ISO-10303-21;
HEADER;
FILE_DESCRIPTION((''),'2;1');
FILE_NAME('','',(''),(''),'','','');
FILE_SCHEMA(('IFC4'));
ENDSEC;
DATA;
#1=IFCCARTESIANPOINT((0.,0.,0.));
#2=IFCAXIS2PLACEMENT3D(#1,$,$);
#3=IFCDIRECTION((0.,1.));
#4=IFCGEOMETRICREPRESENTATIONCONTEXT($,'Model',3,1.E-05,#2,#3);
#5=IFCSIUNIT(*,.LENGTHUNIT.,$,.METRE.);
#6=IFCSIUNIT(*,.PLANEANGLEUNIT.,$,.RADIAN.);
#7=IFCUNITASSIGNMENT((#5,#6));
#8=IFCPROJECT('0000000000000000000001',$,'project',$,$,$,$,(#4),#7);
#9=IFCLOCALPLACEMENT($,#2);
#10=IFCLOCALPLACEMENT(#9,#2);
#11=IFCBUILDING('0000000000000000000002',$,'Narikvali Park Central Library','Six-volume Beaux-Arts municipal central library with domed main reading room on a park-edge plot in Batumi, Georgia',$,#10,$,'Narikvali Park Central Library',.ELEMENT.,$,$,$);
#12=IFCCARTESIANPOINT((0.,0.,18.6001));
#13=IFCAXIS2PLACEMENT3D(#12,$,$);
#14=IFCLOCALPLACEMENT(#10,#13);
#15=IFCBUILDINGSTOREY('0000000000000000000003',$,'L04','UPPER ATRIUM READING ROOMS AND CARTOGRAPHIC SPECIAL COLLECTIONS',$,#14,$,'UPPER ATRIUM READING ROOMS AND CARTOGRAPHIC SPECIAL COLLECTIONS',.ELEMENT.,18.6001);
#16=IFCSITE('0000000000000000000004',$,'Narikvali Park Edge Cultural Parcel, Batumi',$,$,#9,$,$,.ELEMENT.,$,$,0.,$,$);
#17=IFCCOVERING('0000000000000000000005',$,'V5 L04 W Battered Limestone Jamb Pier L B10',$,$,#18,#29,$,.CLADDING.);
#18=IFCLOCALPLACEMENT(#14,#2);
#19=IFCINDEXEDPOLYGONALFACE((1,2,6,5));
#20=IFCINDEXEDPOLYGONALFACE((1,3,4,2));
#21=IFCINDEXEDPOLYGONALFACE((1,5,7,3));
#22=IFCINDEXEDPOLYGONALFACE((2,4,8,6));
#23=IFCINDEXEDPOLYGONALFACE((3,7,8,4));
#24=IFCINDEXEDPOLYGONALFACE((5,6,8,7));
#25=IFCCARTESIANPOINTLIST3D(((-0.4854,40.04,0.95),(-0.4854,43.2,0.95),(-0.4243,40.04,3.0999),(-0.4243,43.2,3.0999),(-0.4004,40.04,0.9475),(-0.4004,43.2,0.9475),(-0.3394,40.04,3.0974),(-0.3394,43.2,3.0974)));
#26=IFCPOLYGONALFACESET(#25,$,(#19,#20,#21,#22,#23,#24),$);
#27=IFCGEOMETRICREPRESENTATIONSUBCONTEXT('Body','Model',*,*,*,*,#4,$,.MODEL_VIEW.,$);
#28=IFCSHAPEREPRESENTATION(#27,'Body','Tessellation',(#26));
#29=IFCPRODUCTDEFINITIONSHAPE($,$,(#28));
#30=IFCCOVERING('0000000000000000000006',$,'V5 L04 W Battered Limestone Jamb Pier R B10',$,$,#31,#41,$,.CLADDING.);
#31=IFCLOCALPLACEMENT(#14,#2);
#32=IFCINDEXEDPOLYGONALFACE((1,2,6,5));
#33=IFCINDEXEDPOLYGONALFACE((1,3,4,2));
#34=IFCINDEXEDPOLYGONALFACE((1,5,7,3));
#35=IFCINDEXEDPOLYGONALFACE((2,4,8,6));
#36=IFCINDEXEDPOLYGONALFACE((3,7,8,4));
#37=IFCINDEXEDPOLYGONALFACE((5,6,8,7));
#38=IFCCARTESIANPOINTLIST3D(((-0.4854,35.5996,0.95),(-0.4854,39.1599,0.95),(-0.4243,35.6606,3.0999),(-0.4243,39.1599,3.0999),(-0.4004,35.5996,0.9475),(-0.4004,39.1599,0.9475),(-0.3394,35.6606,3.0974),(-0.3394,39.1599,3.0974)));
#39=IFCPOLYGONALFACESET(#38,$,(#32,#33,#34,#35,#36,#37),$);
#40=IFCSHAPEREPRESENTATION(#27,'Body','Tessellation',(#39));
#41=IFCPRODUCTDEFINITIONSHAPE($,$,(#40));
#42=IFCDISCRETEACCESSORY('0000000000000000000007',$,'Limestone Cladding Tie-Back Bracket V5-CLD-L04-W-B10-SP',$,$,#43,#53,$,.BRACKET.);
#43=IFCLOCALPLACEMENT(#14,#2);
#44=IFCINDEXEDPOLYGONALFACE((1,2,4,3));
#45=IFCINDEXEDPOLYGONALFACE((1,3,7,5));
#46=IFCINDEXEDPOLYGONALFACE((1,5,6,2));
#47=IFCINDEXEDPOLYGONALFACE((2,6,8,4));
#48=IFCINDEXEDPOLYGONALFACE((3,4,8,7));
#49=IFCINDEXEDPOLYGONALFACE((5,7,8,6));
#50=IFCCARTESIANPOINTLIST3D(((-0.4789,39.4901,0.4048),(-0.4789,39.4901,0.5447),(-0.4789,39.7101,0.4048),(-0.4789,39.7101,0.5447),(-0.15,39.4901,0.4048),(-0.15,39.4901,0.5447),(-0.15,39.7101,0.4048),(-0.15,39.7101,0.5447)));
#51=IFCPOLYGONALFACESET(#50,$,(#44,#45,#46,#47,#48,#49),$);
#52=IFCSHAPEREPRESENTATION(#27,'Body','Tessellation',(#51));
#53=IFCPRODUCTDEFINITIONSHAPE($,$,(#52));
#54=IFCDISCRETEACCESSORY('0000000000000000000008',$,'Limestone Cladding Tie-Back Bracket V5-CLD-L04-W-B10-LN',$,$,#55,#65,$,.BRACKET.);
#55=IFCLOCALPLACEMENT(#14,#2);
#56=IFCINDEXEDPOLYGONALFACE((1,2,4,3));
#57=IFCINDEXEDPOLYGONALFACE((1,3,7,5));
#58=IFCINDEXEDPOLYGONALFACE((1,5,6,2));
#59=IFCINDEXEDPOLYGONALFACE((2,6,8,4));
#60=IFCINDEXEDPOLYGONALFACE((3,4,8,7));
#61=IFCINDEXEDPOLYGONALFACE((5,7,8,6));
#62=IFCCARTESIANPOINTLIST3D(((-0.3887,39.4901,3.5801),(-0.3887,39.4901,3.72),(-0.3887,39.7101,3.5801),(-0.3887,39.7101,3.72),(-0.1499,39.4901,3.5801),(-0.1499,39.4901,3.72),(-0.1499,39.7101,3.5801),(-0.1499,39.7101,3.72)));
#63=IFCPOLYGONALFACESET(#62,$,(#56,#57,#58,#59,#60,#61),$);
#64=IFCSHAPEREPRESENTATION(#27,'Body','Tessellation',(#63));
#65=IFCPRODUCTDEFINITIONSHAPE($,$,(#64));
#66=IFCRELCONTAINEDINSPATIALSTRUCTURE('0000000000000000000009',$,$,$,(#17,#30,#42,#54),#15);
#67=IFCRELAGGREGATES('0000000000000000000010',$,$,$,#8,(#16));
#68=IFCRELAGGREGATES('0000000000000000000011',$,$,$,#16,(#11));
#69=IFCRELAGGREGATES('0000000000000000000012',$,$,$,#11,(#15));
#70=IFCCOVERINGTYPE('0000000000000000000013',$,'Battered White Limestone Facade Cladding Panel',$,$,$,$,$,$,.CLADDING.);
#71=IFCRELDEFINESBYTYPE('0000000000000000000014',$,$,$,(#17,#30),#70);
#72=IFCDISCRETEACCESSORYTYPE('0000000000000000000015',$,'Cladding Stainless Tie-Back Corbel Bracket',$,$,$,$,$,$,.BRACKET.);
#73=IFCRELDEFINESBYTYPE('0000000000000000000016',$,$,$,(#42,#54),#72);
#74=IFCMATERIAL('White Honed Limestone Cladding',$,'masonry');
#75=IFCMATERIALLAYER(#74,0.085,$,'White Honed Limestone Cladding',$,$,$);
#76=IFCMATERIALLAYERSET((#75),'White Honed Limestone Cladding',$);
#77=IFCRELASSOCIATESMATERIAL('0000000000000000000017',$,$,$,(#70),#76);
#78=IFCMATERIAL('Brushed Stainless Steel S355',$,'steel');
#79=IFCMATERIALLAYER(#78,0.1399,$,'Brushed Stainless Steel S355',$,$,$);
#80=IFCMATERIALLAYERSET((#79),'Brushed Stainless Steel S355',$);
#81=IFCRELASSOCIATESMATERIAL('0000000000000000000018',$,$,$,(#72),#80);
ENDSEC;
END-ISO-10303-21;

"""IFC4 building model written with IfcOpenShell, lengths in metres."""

from ifc_helpers import new_model, si_unit, direction, frame, origin, origin_2d, place, context, subcontext, project, spatial, polyline, rectangle, outline, extrude, material, layer, layer_set, type_object, element, save


model = new_model("IFC4")

# Units and contexts
model_context = context("Model", 3, precision=1e-05, world=origin(), true_north=direction((0.0, 1.0)))
body_context = subcontext(model_context, "Body", "Model", "MODEL_VIEW")
ifc_project = project(units=[si_unit("LENGTHUNIT", "METRE"), si_unit("PLANEANGLEUNIT", "RADIAN")], contexts=[model_context])

# Site, building, storey
site_placement = place(None, origin())
site = spatial("IfcSite", under=ifc_project, at=site_placement, Name="Narikvali Park Edge Cultural Parcel, Batumi", CompositionType="ELEMENT", RefElevation=0.0)
building_placement = place(site_placement, origin())
building = spatial("IfcBuilding", under=site, at=building_placement, Name="Narikvali Park Central Library", Description="Six-volume Beaux-Arts municipal central library with domed main reading room on a park-edge plot in Batumi, Georgia", LongName="Narikvali Park Central Library", CompositionType="ELEMENT")
storey_placement = place(building_placement, frame((0.0, 0.0, 18.6001)))
storey = spatial("IfcBuildingStorey", under=building, at=storey_placement, Name="L04", Description="UPPER ATRIUM READING ROOMS AND CARTOGRAPHIC SPECIAL COLLECTIONS", LongName="UPPER ATRIUM READING ROOMS AND CARTOGRAPHIC SPECIAL COLLECTIONS", CompositionType="ELEMENT", Elevation=18.6001)

# Coverings
ifc_material_1 = material(Name="White Honed Limestone Cladding", Category="masonry")
ifc_layer_1 = layer(ifc_material_1, 0.085, Name="White Honed Limestone Cladding")
ifc_layer_set_1 = layer_set([ifc_layer_1], Name="White Honed Limestone Cladding")
covering_type = type_object("IfcCoveringType", Name="Battered White Limestone Facade Cladding Panel", PredefinedType="CLADDING", material=ifc_layer_set_1)
covering_1_placement = place(storey_placement, frame((-0.4854, 43.2, 0.95), z_axis=(-0.999597, 0.0, 0.028378), x_axis=(0.0, -1.0, 0.0)))
element("IfcCovering", 1, at=covering_1_placement, inside=storey, type_object=covering_type, Name="V5 L04 W Battered Limestone Jamb Pier L B10", PredefinedType="CLADDING", context=body_context, shape_type="SweptSolid", body=[
    extrude(outline(polyline([(0.0, 0.0), (3.1599, 0.0), (3.1599, 2.1508), (0.0, 2.1508), (0.0, 0.0)])), origin(), (0.0, 0.0, -1.0), 0.085),
])
covering_2_placement = place(storey_placement, frame((-0.4854, 39.1599, 0.95), z_axis=(-0.999597, 0.0, 0.028378), x_axis=(0.0, -1.0, 0.0)))
element("IfcCovering", 2, at=covering_2_placement, inside=storey, type_object=covering_type, Name="V5 L04 W Battered Limestone Jamb Pier R B10", PredefinedType="CLADDING", context=body_context, shape_type="SweptSolid", body=[
    extrude(outline(polyline([(0.0, 0.0), (3.5603, 0.0), (3.4993, 2.1508), (0.0, 2.1508), (0.0, 0.0)])), origin(), (0.0, 0.0, -1.0), 0.085),
])

# Discrete accessories
ifc_material_2 = material(Name="Brushed Stainless Steel S355", Category="steel")
ifc_layer_2 = layer(ifc_material_2, 0.1399, Name="Brushed Stainless Steel S355")
ifc_layer_set_2 = layer_set([ifc_layer_2], Name="Brushed Stainless Steel S355")
discrete_accessory_type = type_object("IfcDiscreteAccessoryType", Name="Cladding Stainless Tie-Back Corbel Bracket", PredefinedType="BRACKET", material=ifc_layer_set_2)
discrete_accessory_1_placement = place(storey_placement, frame((-0.3145, 39.6001, 0.4048), z_axis=(0.0, 0.0, 1.0), x_axis=(1.0, 0.0, 0.0)))
element("IfcDiscreteAccessory", 3, at=discrete_accessory_1_placement, inside=storey, type_object=discrete_accessory_type, Name="Limestone Cladding Tie-Back Bracket V5-CLD-L04-W-B10-SP", PredefinedType="BRACKET", context=body_context, shape_type="SweptSolid", body=[
    extrude(rectangle(XDim=0.3289, YDim=0.22, at=origin_2d()), origin(), (0.0, 0.0, 1.0), 0.1399),
])
discrete_accessory_2_placement = place(storey_placement, frame((-0.2693, 39.6001, 3.5801), z_axis=(0.0, 0.0, 1.0), x_axis=(1.0, 0.0, 0.0)))
element("IfcDiscreteAccessory", 4, at=discrete_accessory_2_placement, inside=storey, type_object=discrete_accessory_type, Name="Limestone Cladding Tie-Back Bracket V5-CLD-L04-W-B10-LN", PredefinedType="BRACKET", context=body_context, shape_type="SweptSolid", body=[
    extrude(rectangle(XDim=0.2388, YDim=0.22, at=origin_2d()), origin(), (0.0, 0.0, 1.0), 0.1399),
])

save(model, "model.ifc")
